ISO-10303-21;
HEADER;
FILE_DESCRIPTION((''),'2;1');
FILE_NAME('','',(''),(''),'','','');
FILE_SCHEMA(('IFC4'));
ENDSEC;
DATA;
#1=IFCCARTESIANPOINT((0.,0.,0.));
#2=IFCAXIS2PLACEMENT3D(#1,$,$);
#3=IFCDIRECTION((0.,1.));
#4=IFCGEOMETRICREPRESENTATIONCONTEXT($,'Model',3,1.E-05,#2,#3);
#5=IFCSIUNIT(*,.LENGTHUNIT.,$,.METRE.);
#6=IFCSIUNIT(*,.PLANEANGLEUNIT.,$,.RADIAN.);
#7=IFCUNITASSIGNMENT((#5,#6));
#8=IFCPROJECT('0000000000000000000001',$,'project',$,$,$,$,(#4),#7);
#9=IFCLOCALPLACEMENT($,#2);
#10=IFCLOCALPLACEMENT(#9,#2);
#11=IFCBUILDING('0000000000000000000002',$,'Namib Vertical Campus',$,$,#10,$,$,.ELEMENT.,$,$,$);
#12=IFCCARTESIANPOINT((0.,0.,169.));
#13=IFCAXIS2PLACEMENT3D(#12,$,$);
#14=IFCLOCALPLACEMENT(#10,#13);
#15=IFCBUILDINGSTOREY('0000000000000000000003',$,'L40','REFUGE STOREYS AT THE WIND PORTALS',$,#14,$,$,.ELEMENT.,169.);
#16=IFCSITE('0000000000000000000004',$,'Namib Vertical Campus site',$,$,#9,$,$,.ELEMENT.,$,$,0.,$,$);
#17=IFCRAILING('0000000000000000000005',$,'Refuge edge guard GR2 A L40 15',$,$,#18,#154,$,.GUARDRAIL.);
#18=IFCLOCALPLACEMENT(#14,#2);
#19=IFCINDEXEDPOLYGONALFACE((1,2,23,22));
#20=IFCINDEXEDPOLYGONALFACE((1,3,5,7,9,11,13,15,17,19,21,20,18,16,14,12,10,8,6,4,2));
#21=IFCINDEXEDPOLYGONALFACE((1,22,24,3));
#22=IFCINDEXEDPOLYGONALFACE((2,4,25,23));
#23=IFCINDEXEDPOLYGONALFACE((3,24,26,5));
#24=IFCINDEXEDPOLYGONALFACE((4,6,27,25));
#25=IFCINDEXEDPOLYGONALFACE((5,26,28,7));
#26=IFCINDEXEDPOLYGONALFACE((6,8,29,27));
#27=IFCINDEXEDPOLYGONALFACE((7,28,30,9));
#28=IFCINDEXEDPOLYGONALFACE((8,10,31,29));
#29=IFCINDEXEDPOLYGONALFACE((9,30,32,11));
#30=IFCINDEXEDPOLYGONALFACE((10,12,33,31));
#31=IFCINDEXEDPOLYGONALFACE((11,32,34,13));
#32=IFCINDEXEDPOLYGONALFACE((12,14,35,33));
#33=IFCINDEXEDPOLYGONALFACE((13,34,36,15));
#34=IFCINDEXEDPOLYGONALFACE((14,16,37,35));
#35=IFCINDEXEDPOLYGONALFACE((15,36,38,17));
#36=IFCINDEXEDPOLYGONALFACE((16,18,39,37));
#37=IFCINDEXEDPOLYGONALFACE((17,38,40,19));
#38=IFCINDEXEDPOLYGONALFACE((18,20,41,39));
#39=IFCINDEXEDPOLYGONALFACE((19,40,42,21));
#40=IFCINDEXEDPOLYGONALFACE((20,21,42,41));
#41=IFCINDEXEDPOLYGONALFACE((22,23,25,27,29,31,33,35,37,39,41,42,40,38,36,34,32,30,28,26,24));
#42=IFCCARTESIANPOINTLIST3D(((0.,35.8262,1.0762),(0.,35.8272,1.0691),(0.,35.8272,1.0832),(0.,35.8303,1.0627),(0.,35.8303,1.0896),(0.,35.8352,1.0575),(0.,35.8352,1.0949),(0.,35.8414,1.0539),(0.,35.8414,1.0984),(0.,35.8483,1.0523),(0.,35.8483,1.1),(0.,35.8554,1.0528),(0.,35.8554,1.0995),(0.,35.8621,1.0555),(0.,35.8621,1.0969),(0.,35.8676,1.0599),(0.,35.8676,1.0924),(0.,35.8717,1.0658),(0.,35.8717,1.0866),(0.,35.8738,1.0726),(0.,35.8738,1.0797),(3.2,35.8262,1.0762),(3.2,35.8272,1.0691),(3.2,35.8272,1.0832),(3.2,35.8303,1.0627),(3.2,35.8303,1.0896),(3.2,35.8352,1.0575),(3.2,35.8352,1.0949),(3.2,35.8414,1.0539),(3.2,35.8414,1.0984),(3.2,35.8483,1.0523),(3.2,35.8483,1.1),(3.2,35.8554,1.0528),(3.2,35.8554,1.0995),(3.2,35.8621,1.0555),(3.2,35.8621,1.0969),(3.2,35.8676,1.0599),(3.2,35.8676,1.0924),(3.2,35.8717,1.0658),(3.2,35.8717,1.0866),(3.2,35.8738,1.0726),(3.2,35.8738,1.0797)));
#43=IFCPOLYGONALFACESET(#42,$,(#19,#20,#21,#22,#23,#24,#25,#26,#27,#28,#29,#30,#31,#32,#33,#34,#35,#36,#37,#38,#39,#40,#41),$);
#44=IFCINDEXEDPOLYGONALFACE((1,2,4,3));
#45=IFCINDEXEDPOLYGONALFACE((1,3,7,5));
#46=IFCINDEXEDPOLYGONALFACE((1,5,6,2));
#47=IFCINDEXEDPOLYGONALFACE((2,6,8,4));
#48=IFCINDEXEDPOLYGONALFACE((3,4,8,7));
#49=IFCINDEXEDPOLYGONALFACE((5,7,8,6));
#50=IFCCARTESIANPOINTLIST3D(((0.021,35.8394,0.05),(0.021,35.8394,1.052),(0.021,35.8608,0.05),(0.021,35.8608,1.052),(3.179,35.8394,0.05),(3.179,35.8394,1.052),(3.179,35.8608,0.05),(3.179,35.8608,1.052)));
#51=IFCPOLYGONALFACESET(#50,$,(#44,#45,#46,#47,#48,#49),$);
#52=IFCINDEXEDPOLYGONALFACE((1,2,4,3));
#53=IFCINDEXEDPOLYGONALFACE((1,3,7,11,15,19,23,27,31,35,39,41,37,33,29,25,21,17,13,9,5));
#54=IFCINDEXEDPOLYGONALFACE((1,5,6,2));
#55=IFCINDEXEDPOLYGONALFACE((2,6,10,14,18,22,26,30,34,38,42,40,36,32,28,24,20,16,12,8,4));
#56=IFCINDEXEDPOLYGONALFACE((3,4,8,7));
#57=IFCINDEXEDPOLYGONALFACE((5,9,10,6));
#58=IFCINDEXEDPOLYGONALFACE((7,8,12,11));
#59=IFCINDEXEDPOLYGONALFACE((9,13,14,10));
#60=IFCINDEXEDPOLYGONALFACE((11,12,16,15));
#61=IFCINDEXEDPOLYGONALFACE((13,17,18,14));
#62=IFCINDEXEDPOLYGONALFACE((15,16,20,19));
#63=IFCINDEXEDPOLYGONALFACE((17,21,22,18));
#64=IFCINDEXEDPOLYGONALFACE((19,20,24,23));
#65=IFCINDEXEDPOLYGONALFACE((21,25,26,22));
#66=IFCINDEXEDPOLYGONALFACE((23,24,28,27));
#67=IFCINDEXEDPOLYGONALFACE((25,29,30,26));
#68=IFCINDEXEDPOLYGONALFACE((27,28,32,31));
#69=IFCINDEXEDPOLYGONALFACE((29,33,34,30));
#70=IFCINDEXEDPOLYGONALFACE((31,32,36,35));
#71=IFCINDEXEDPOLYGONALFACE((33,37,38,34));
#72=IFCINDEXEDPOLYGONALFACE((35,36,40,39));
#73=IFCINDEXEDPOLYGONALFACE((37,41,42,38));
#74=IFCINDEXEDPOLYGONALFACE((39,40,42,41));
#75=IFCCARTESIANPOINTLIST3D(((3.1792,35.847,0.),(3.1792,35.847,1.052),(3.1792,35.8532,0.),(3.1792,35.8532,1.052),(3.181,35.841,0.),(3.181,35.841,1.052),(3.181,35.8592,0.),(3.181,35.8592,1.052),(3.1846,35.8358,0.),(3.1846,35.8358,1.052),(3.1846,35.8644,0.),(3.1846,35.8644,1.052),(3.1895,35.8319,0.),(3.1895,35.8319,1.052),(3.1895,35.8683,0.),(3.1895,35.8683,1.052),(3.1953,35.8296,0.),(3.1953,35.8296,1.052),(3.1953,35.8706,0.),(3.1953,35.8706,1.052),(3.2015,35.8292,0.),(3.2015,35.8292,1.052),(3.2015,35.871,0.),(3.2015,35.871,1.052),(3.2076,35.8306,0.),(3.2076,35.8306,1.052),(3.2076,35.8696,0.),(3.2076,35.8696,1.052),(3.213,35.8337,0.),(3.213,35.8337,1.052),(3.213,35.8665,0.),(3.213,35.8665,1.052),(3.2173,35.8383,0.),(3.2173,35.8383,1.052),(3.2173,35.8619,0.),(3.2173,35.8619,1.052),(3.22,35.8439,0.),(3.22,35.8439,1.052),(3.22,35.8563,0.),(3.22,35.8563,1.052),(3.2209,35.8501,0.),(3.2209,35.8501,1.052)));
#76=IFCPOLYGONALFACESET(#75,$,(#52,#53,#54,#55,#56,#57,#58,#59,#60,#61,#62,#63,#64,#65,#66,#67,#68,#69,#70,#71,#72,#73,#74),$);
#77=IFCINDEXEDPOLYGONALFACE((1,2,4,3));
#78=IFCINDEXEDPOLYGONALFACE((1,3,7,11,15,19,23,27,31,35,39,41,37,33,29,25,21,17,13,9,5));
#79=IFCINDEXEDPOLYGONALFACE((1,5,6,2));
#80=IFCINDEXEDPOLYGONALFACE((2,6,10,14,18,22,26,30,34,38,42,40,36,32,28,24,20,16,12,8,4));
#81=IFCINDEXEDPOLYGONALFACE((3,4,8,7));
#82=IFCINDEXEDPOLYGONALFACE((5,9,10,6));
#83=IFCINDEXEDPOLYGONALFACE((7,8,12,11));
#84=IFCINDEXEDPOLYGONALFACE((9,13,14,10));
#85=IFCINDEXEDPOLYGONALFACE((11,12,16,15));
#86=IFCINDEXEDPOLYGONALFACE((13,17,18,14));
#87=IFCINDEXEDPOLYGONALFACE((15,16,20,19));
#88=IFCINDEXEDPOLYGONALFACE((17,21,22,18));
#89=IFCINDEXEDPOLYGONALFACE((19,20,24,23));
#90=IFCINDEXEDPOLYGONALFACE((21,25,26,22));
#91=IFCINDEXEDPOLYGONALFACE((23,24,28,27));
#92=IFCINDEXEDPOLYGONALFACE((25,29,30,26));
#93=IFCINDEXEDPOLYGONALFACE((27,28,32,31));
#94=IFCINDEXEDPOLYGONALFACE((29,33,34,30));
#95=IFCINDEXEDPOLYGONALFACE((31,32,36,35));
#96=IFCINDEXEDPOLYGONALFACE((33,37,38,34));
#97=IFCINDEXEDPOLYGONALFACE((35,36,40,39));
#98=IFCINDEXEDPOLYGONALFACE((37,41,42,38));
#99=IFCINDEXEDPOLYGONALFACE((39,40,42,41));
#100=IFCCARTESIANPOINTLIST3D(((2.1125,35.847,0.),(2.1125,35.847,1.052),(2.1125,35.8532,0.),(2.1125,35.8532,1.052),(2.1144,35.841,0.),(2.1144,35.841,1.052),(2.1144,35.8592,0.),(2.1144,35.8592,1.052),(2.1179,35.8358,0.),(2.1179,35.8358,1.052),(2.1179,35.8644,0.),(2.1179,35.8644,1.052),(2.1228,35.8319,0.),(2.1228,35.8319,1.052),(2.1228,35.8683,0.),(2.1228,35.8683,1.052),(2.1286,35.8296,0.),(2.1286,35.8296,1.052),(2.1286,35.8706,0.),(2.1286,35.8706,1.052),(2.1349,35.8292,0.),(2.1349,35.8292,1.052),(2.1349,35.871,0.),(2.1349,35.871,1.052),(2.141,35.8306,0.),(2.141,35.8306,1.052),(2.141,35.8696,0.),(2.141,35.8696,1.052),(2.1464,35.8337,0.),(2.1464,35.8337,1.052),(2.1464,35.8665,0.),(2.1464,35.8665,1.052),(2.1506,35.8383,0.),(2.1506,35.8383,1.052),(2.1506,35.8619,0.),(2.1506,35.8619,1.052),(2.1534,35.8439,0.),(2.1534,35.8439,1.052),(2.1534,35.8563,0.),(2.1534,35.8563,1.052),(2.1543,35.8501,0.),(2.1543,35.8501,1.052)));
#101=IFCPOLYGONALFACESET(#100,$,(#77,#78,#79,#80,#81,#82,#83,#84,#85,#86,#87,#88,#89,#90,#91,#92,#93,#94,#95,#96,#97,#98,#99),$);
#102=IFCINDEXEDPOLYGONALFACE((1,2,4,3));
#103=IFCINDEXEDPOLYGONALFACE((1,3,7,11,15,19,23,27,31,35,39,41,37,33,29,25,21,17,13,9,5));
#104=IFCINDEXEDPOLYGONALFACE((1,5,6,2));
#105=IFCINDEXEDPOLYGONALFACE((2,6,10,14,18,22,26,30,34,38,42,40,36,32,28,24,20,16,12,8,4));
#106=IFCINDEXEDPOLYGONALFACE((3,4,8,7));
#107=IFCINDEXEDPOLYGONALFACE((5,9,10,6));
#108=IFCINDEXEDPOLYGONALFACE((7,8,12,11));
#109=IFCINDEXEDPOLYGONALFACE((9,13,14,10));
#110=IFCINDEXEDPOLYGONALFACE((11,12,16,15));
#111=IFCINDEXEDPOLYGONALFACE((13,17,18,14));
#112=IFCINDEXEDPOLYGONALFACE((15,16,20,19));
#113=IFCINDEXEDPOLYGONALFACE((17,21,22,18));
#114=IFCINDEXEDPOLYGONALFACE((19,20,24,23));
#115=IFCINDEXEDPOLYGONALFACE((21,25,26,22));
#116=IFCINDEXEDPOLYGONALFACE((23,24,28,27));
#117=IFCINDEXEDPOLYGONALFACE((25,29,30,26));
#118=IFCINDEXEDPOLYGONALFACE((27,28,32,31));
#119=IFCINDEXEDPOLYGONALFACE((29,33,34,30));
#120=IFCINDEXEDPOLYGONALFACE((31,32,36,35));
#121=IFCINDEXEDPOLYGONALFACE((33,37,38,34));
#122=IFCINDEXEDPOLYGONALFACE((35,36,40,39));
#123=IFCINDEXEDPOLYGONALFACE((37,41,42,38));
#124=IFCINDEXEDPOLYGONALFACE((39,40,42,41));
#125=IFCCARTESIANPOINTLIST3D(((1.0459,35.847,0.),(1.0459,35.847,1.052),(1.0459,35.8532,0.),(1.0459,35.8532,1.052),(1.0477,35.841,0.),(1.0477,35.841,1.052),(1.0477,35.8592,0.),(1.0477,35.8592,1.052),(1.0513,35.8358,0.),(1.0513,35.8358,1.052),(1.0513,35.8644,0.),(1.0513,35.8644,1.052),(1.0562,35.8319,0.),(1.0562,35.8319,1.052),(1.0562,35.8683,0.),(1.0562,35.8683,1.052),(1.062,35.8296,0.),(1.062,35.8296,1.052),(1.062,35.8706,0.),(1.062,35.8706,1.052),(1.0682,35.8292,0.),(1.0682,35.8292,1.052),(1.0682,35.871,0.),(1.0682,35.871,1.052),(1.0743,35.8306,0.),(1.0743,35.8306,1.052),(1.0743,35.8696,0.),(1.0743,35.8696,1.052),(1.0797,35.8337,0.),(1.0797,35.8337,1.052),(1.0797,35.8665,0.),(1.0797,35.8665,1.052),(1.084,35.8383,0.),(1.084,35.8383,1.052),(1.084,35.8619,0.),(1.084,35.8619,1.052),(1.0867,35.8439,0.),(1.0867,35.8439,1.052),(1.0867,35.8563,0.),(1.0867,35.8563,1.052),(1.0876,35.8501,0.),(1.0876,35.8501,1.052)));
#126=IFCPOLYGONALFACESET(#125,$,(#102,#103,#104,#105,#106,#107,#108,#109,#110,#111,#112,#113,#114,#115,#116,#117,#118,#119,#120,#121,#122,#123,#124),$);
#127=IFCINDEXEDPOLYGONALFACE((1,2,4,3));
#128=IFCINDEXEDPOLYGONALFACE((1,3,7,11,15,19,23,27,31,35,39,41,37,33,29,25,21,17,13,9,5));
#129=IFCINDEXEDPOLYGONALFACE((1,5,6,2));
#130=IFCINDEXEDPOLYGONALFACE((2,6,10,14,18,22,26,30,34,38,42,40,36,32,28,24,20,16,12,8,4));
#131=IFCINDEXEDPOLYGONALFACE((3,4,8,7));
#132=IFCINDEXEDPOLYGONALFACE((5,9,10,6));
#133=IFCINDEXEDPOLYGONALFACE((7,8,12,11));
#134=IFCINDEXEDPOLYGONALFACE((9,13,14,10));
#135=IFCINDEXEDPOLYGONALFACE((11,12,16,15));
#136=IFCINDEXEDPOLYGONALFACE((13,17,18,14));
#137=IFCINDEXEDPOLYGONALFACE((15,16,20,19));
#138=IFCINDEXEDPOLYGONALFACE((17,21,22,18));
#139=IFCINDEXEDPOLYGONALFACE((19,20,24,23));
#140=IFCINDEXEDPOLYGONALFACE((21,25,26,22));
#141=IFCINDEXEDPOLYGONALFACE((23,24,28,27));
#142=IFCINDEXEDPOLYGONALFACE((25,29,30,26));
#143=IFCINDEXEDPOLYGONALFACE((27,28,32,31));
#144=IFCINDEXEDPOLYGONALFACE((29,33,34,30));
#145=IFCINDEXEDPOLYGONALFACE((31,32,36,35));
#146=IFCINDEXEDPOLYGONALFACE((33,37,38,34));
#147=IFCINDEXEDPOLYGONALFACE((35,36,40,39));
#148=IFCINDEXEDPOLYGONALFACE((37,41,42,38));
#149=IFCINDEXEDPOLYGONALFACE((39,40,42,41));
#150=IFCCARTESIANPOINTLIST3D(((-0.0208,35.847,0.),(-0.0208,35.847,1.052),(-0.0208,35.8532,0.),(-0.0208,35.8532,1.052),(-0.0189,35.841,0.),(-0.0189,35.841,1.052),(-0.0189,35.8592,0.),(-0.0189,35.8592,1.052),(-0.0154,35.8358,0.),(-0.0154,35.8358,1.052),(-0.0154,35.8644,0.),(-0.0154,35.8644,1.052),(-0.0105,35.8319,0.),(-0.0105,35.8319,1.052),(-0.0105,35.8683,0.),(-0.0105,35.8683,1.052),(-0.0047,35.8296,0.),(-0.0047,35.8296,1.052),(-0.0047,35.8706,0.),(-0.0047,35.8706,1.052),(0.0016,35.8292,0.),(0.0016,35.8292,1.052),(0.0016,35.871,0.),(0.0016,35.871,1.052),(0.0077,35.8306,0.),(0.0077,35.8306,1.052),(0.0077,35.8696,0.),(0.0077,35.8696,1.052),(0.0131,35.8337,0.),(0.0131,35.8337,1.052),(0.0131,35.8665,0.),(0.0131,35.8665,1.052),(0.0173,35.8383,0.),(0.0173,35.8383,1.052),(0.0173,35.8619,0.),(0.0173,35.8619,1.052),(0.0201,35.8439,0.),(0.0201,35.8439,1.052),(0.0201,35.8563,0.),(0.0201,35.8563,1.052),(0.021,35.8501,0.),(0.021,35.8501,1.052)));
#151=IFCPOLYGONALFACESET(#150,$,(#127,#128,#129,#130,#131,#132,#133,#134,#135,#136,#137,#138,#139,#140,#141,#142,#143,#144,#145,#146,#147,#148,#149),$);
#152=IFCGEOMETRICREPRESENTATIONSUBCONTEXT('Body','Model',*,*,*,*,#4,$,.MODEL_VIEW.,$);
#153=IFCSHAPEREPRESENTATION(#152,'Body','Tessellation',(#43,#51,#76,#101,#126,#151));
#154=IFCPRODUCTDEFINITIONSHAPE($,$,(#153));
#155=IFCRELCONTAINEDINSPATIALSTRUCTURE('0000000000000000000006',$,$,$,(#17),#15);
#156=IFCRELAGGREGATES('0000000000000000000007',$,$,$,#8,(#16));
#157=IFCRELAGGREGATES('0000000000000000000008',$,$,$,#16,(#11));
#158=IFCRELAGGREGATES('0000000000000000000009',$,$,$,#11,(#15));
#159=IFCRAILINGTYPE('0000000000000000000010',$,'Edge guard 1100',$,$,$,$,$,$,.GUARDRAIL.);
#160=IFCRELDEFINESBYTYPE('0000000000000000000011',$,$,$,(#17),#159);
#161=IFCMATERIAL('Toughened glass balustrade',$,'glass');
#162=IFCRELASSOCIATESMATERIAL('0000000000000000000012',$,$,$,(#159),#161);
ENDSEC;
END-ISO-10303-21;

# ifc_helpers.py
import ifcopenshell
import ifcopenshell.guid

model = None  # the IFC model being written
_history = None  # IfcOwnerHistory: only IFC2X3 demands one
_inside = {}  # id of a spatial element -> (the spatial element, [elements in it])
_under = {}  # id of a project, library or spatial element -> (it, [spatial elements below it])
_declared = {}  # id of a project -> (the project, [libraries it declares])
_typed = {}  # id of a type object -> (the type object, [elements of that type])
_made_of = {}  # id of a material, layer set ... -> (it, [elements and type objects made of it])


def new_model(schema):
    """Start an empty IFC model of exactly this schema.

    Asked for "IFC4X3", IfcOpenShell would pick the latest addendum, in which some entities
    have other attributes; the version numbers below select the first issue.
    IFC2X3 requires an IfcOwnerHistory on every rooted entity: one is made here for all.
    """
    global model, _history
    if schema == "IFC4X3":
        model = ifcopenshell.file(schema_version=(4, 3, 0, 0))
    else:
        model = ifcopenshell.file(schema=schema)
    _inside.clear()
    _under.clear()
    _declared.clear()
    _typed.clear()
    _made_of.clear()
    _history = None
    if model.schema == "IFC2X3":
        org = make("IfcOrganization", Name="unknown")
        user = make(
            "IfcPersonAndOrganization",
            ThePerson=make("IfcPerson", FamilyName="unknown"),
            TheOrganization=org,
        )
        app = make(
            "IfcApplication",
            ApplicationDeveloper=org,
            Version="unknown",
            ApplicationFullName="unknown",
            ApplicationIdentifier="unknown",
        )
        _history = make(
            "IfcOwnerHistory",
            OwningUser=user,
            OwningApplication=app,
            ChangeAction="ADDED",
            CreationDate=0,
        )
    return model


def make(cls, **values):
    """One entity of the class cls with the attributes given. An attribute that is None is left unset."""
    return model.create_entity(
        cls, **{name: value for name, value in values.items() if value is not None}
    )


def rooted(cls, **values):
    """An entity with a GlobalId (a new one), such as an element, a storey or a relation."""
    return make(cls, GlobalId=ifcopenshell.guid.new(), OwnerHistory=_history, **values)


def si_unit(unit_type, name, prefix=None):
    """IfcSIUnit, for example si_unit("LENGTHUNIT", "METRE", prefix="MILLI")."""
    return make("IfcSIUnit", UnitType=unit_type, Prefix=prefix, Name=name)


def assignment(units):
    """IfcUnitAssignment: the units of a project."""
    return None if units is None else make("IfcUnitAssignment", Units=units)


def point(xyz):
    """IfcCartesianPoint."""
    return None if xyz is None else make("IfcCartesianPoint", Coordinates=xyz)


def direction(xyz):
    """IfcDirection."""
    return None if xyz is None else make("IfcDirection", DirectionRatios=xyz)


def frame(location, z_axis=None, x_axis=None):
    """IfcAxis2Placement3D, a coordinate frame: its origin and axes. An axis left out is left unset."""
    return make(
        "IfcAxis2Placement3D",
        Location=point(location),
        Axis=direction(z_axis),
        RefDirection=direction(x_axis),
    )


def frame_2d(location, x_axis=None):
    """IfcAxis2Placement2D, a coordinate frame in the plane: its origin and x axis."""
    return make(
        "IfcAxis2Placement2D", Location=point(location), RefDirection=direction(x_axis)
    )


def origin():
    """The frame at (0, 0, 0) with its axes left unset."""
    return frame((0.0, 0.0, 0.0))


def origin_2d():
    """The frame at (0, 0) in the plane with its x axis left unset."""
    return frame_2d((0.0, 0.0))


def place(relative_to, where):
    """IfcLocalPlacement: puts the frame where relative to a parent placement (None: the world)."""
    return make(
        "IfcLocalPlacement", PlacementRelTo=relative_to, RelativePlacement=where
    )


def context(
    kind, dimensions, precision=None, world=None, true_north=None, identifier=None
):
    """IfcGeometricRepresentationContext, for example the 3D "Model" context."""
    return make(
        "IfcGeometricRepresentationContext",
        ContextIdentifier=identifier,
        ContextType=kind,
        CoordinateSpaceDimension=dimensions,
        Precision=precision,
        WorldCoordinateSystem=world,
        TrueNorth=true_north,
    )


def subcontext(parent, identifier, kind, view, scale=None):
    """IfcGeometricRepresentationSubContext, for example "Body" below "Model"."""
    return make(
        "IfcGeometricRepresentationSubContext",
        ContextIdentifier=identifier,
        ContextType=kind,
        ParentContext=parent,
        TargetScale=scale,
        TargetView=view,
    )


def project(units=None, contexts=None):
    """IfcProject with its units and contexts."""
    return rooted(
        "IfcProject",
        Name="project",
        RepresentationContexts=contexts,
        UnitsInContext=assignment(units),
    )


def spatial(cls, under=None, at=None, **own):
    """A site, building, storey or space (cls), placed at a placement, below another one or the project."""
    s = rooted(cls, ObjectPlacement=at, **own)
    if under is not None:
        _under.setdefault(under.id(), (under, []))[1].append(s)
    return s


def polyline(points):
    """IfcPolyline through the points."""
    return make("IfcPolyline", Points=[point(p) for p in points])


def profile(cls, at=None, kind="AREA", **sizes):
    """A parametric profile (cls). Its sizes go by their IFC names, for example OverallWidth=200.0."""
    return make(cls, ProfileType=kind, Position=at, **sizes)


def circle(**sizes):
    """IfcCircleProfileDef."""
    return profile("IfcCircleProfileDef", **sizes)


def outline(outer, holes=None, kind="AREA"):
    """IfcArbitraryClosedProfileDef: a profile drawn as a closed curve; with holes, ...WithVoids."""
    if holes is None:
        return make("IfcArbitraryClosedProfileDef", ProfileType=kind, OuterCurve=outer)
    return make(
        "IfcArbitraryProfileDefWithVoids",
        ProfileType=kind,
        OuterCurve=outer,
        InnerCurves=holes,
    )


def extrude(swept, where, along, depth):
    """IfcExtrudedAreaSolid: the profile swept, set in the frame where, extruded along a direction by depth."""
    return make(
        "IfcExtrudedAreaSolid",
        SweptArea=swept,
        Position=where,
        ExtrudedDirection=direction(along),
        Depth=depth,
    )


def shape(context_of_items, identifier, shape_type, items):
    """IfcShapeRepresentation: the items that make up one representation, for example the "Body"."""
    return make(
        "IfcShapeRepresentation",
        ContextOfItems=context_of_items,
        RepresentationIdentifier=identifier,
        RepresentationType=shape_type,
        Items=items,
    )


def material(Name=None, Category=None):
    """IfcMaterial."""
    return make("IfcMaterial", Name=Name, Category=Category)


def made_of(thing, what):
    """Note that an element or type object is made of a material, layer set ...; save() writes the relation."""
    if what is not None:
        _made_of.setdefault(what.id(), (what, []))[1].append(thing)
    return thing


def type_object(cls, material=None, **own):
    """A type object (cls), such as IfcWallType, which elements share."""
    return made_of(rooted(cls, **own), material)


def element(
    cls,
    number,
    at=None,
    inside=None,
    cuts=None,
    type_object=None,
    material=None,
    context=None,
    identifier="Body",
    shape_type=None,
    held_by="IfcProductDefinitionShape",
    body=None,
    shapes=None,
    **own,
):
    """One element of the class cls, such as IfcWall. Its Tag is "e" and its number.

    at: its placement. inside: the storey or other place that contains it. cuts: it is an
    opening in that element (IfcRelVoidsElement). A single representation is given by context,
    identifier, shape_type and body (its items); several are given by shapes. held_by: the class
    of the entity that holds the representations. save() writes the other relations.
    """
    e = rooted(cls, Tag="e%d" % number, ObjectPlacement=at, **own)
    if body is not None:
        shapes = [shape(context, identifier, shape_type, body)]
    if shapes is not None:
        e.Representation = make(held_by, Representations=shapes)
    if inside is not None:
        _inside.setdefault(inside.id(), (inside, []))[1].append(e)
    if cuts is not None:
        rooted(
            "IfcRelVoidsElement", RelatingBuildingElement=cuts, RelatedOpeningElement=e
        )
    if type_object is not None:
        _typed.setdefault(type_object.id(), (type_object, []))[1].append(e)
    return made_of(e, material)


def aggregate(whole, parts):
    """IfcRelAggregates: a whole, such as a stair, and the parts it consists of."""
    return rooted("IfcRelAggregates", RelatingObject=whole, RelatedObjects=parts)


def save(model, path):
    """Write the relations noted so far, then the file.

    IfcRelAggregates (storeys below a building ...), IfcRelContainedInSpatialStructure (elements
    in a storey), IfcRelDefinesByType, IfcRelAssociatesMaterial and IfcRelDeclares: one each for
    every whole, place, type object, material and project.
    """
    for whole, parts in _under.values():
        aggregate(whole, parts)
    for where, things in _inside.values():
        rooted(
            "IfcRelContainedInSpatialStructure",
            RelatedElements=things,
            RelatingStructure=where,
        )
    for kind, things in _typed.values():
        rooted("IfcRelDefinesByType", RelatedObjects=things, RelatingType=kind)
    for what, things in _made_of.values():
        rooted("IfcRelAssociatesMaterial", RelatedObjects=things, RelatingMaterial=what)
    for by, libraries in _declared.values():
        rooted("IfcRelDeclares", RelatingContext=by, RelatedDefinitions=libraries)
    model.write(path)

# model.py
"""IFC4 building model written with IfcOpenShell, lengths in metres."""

from ifc_helpers import new_model, si_unit, direction, frame, origin, origin_2d, place, context, subcontext, project, spatial, polyline, circle, outline, extrude, material, type_object, element, save


model = new_model("IFC4")

# Units and contexts
model_context = context("Model", 3, precision=1e-05, world=origin(), true_north=direction((0.0, 1.0)))
body_context = subcontext(model_context, "Body", "Model", "MODEL_VIEW")
ifc_project = project(units=[si_unit("LENGTHUNIT", "METRE"), si_unit("PLANEANGLEUNIT", "RADIAN")], contexts=[model_context])

# Site, building, storey
site_placement = place(None, origin())
site = spatial("IfcSite", under=ifc_project, at=site_placement, Name="Namib Vertical Campus site", CompositionType="ELEMENT", RefElevation=0.0)
building_placement = place(site_placement, origin())
building = spatial("IfcBuilding", under=site, at=building_placement, Name="Namib Vertical Campus", CompositionType="ELEMENT")
storey_placement = place(building_placement, frame((0.0, 0.0, 169.0)))
storey = spatial("IfcBuildingStorey", under=building, at=storey_placement, Name="L40", Description="REFUGE STOREYS AT THE WIND PORTALS", CompositionType="ELEMENT", Elevation=169.0)

# Railing
ifc_material_1 = material(Name="Toughened glass balustrade", Category="glass")
railing_type = type_object("IfcRailingType", Name="Edge guard 1100", PredefinedType="GUARDRAIL", material=ifc_material_1)
railing_1_placement = place(storey_placement, frame((3.2, 35.8501, 0.0)))
element("IfcRailing", 1, at=railing_1_placement, inside=storey, type_object=railing_type, Name="Refuge edge guard GR2 A L40 15", PredefinedType="GUARDRAIL", context=body_context, shape_type="SweptSolid", body=[
    extrude(circle(Radius=0.0239, at=origin_2d()), frame((0.0, 0.0, 1.0762), z_axis=(-1.0, 0.0, 0.0), x_axis=(0.0, -1.0, 0.0)), (0.0, 0.0, 1.0), 3.2),
    extrude(outline(polyline([(0.021, 0.05), (3.179, 0.05), (3.179, 1.052), (0.021, 1.052), (0.021, 0.05)])), frame((0.0, -0.0107, 0.0), z_axis=(0.0, 1.0, 0.0), x_axis=(-1.0, 0.0, 0.0)), (0.0, 0.0, 1.0), 0.0215),
    extrude(circle(Radius=0.021, at=origin_2d()), origin(), (0.0, 0.0, 1.0), 1.052),
    extrude(circle(Radius=0.021, at=origin_2d()), frame((-1.0667, 0.0, 0.0)), (0.0, 0.0, 1.0), 1.052),
    extrude(circle(Radius=0.021, at=origin_2d()), frame((-2.1333, 0.0, 0.0)), (0.0, 0.0, 1.0), 1.052),
    extrude(circle(Radius=0.021, at=origin_2d()), frame((-3.2, 0.0, 0.0)), (0.0, 0.0, 1.0), 1.052),
])

save(model, "model.ifc")
